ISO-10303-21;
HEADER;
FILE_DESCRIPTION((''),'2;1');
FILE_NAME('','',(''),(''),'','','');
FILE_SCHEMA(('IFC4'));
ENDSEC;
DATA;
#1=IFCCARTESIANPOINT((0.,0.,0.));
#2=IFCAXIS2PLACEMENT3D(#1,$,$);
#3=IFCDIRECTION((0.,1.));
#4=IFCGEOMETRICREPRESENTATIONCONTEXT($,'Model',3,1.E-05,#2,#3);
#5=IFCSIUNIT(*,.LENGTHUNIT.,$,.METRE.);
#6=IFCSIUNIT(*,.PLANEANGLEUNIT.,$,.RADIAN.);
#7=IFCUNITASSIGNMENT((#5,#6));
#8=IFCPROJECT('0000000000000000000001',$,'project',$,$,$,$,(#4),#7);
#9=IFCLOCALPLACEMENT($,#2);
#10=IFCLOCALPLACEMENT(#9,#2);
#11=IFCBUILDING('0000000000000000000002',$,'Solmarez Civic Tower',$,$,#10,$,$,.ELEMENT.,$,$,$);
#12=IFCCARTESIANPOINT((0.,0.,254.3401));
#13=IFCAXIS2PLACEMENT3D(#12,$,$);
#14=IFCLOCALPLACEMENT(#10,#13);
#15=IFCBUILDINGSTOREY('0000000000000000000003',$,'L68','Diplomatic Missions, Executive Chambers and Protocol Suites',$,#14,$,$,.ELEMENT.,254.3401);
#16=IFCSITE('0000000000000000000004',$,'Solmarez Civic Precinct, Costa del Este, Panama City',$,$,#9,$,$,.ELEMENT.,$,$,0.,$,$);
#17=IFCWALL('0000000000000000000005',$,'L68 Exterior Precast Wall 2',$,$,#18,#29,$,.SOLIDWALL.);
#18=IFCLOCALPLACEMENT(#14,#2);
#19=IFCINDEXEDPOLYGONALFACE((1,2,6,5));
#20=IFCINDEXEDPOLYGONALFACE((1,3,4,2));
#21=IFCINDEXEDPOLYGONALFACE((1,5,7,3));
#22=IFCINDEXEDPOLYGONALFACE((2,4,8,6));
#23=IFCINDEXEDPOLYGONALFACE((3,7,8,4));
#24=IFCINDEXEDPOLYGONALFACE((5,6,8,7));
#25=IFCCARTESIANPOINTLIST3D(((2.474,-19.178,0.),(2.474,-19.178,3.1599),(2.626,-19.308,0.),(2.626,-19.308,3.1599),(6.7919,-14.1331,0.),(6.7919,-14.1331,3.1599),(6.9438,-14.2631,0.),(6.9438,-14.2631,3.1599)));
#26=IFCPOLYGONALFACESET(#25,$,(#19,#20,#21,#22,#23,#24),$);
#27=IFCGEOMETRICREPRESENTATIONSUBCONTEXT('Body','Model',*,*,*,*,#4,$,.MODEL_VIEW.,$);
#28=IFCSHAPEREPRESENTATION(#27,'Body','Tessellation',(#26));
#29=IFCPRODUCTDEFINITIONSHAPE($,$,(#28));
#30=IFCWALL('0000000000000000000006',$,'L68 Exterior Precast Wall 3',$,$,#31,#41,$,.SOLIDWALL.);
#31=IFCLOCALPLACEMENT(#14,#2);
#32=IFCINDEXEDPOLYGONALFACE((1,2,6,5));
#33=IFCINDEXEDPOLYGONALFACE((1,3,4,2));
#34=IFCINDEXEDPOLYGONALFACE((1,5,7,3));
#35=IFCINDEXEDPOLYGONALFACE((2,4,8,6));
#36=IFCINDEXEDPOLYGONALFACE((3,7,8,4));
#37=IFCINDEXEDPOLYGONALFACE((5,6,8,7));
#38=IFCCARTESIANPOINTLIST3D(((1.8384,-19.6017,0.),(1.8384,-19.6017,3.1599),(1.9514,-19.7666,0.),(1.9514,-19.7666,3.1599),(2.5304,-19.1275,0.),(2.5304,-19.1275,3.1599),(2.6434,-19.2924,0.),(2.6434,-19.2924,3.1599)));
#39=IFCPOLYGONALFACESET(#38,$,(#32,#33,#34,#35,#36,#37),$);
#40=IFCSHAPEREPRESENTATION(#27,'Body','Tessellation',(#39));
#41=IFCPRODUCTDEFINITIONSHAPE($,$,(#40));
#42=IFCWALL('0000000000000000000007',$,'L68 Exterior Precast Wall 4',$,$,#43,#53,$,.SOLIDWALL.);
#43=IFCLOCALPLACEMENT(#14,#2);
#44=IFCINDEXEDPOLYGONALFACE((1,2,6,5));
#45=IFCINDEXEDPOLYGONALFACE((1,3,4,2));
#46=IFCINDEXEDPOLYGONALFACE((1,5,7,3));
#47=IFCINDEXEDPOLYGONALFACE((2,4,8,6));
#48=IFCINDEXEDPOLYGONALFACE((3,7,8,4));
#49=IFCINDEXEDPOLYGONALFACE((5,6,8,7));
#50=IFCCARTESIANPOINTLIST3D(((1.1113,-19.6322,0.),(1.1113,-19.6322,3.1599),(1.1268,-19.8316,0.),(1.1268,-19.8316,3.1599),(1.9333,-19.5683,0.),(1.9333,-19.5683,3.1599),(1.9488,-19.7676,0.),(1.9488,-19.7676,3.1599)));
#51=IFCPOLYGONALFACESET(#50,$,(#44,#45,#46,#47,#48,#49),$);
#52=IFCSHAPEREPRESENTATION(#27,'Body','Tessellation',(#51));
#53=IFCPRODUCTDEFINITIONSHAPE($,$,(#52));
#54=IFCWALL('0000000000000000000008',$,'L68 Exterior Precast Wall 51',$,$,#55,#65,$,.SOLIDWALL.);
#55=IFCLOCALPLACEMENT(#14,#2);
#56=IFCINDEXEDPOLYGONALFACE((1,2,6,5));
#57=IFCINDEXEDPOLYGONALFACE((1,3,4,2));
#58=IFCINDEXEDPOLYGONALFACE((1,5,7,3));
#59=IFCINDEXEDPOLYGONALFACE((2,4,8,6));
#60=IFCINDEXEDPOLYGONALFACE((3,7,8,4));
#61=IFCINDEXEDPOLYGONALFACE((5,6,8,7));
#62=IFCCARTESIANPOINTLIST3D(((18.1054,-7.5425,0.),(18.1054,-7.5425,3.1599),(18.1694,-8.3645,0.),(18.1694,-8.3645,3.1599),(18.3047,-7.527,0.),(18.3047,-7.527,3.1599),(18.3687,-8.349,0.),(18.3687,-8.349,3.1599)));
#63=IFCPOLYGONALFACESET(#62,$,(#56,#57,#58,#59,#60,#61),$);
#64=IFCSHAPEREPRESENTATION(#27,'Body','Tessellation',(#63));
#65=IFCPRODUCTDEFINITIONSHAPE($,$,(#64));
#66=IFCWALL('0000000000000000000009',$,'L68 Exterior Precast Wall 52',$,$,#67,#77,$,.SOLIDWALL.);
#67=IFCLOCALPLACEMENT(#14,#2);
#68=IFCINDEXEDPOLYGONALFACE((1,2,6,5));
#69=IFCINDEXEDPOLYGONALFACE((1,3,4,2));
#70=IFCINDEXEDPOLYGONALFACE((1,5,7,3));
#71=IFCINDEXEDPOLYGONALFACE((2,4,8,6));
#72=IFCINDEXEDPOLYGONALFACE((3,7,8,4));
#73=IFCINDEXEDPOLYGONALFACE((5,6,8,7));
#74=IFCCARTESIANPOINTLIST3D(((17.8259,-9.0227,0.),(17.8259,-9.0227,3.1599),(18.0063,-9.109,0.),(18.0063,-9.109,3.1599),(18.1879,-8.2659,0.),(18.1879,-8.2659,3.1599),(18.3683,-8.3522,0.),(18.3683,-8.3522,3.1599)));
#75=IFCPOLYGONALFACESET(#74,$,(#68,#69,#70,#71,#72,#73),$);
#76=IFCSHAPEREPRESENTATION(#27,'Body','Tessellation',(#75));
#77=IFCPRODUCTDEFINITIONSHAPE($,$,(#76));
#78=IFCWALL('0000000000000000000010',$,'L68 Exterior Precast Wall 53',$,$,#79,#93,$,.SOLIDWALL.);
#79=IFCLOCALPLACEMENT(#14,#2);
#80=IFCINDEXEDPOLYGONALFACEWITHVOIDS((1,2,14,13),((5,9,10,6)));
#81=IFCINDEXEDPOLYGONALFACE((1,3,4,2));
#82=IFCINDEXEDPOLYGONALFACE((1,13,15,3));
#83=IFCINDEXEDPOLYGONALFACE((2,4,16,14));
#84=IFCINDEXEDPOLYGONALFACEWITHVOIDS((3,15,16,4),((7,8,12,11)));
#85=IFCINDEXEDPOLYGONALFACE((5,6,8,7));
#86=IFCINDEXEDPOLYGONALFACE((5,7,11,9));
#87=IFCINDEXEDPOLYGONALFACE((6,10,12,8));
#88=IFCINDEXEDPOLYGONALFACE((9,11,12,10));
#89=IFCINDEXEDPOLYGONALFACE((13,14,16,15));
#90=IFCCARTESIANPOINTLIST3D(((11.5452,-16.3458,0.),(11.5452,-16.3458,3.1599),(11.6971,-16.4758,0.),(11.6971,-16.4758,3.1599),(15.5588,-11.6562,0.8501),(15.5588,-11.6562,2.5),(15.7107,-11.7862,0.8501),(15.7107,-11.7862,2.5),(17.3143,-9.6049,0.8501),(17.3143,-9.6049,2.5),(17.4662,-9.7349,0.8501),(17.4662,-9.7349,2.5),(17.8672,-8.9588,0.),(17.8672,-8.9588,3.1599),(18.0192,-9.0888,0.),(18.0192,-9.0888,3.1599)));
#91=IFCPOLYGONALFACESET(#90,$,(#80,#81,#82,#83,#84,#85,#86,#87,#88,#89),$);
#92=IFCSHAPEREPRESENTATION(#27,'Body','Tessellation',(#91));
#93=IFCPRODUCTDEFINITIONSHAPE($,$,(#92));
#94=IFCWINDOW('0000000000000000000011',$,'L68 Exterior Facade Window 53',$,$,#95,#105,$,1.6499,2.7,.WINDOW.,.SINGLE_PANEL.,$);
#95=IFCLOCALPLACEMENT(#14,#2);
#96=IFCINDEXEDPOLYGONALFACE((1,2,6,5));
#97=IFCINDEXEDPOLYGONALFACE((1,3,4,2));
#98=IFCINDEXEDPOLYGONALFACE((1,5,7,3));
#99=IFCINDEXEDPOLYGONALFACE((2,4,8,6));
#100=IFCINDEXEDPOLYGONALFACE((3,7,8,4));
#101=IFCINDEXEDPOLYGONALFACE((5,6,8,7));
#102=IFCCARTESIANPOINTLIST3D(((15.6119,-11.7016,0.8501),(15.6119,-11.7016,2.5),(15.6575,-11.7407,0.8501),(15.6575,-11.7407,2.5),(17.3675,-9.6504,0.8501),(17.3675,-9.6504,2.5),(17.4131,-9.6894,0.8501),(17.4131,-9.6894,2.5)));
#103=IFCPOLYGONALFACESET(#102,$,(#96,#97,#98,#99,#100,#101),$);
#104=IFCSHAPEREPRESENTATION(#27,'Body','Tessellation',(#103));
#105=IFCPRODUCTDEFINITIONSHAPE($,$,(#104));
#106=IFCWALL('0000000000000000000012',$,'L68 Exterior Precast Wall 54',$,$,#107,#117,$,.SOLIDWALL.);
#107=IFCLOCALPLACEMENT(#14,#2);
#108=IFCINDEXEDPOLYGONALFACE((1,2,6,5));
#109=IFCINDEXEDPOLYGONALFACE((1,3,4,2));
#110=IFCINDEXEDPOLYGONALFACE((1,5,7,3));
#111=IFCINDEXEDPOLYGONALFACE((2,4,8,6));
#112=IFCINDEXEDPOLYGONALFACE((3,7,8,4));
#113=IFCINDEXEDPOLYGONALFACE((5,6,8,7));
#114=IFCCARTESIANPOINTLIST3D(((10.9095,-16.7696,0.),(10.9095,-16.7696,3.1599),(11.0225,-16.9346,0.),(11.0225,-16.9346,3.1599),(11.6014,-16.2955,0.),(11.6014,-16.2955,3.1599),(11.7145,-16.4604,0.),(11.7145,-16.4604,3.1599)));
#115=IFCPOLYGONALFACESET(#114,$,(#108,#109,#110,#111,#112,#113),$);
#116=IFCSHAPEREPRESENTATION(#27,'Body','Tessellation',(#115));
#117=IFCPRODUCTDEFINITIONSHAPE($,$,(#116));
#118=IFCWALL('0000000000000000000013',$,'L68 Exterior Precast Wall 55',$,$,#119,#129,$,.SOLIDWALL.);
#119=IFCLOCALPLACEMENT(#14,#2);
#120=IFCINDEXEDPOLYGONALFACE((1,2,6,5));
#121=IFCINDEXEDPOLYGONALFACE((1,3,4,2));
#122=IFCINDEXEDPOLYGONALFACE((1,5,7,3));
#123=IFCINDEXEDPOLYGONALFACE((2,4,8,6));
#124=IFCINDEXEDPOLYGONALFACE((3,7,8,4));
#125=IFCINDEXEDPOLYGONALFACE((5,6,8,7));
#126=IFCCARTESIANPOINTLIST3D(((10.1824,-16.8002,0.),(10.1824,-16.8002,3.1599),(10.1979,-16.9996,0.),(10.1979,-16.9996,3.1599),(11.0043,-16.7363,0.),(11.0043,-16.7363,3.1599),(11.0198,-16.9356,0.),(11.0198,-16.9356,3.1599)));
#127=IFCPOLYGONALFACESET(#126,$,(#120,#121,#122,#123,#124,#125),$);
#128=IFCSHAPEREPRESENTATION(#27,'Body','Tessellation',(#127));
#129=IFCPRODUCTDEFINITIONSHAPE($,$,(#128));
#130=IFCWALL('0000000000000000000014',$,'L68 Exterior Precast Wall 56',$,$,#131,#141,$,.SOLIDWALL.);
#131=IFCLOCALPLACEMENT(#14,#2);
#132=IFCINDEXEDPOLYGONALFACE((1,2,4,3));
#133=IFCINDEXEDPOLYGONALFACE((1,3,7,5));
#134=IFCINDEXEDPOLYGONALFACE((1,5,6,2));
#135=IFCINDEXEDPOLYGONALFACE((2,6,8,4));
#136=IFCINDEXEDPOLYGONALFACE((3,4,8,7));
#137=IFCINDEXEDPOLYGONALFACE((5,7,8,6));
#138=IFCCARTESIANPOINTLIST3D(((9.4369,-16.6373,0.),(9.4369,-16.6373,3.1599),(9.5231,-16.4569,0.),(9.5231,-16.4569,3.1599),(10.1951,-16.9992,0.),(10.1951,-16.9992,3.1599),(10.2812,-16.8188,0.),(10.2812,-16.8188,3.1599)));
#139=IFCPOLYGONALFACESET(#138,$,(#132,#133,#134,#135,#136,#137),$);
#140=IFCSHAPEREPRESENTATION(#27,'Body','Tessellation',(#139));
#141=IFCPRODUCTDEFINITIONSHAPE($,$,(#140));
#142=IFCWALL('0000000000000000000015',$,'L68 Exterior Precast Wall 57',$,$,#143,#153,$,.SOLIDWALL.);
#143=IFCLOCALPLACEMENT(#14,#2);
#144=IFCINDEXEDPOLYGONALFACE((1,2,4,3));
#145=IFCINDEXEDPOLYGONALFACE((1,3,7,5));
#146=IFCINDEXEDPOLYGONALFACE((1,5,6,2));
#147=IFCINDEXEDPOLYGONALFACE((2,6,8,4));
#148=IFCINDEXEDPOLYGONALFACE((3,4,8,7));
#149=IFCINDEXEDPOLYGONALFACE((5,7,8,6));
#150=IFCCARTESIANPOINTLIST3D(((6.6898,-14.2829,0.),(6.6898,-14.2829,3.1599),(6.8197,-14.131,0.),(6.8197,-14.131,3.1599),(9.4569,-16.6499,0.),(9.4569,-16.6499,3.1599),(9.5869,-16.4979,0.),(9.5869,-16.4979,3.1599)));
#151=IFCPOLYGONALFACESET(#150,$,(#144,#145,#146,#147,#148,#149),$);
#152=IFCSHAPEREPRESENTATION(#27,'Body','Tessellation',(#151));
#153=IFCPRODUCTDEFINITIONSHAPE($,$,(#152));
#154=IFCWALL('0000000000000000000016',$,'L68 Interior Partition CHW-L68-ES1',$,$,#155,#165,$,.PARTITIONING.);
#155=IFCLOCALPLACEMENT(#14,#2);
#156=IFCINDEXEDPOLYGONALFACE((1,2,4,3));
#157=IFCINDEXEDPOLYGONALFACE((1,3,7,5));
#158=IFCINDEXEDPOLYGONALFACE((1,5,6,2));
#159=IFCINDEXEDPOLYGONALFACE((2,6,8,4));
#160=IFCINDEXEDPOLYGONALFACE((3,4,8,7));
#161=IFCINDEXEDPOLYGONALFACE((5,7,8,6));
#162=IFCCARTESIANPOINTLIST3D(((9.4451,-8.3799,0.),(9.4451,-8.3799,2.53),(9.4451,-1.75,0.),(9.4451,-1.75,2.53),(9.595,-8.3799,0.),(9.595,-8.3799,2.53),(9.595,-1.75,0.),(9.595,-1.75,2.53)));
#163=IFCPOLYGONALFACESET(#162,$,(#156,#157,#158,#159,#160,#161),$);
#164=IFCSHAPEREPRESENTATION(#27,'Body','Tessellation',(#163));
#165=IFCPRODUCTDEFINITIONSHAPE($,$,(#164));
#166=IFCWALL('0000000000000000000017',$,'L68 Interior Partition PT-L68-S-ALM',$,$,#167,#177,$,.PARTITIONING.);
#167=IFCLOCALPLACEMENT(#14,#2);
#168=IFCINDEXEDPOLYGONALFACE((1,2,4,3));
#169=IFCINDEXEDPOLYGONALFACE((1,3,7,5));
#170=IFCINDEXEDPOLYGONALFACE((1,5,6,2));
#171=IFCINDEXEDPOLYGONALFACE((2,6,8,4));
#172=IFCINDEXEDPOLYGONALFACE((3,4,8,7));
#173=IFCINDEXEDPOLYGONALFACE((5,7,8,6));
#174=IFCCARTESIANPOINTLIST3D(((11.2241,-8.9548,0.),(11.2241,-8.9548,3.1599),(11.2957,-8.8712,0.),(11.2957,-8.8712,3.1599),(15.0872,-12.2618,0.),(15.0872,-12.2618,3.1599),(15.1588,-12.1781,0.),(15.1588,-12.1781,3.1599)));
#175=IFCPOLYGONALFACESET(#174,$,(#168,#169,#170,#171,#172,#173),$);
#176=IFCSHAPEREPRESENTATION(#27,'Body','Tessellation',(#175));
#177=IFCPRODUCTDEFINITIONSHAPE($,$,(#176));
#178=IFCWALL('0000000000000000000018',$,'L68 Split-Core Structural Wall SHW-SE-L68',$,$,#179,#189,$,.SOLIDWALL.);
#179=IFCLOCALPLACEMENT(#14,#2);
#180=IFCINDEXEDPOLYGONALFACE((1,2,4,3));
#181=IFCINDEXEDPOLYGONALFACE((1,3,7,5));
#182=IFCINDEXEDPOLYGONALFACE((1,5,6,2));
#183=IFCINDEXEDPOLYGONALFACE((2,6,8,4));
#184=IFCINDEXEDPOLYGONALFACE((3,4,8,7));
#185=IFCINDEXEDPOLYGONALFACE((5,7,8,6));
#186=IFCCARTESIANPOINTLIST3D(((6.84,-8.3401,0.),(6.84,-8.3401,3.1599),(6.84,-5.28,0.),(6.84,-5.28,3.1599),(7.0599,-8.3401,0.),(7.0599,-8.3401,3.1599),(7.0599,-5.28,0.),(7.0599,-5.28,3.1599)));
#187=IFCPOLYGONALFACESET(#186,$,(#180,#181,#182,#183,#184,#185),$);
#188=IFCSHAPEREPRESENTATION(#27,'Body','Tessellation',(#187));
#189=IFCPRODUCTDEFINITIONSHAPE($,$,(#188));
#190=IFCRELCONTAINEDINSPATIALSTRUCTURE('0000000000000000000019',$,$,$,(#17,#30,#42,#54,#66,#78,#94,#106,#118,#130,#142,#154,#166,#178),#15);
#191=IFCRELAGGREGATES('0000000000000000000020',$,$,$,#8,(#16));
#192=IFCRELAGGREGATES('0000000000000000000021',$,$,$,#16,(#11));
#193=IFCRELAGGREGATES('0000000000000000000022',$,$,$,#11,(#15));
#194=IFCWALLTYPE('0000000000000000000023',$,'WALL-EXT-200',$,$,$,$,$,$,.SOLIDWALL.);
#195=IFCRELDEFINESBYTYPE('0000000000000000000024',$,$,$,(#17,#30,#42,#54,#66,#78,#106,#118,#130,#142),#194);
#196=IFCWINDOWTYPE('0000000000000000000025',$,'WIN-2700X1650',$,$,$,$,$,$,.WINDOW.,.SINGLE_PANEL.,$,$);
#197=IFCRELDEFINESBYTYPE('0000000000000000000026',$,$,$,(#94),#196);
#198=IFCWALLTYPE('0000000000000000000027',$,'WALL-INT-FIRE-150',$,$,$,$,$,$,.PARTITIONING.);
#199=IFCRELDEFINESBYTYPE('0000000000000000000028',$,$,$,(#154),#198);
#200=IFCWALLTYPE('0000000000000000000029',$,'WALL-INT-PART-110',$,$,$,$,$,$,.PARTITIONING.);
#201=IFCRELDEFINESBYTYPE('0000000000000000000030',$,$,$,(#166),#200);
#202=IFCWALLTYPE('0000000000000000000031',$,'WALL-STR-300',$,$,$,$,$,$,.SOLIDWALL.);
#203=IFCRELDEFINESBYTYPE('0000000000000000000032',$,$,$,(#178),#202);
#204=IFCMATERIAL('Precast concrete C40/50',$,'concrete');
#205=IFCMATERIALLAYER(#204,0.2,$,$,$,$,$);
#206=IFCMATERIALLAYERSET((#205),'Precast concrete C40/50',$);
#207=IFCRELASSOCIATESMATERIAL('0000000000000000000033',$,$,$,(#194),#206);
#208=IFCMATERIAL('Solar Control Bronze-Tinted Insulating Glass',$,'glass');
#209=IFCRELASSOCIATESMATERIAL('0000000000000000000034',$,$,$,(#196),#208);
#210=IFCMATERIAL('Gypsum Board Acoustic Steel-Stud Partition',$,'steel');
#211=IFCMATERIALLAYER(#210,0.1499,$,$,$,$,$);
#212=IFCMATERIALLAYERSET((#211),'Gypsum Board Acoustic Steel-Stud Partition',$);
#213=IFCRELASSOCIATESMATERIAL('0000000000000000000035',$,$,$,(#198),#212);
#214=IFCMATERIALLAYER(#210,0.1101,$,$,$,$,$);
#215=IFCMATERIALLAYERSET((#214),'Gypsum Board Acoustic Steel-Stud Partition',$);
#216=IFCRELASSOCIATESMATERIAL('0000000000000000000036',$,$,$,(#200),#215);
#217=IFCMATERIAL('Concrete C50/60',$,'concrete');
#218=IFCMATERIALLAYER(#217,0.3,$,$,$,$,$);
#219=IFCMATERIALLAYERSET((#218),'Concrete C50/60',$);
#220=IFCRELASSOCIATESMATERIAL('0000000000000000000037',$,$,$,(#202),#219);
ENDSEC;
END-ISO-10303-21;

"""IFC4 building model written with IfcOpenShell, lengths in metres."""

from ifc_helpers import new_model, si_unit, direction, frame, frame_2d, origin, place, context, subcontext, project, spatial, rectangle, extrude, material, layer, layer_set, type_object, element, fill, save


model = new_model("IFC4")

# Units and contexts
model_context = context("Model", 3, precision=1e-05, world=origin(), true_north=direction((0.0, 1.0)))
body_context = subcontext(model_context, "Body", "Model", "MODEL_VIEW")
ifc_project = project(units=[si_unit("LENGTHUNIT", "METRE"), si_unit("PLANEANGLEUNIT", "RADIAN")], contexts=[model_context])

# Site, building, storey
site_placement = place(None, origin())
site = spatial("IfcSite", under=ifc_project, at=site_placement, Name="Solmarez Civic Precinct, Costa del Este, Panama City", CompositionType="ELEMENT", RefElevation=0.0)
building_placement = place(site_placement, origin())
building = spatial("IfcBuilding", under=site, at=building_placement, Name="Solmarez Civic Tower", CompositionType="ELEMENT")
storey_placement = place(building_placement, frame((0.0, 0.0, 254.3401)))
storey = spatial("IfcBuildingStorey", under=building, at=storey_placement, Name="L68", Description="Diplomatic Missions, Executive Chambers and Protocol Suites", CompositionType="ELEMENT", Elevation=254.3401)

# Shared definitions
ifc_material_1 = material(Name="Concrete C50/60", Category="concrete")

# Walls
ifc_material_2 = material(Name="Precast concrete C40/50", Category="concrete")
ifc_layer_1 = layer(ifc_material_2, 0.2)
ifc_layer_set_1 = layer_set([ifc_layer_1], Name="Precast concrete C40/50")
wall_type_1 = type_object("IfcWallType", Name="WALL-EXT-200", PredefinedType="SOLIDWALL", material=ifc_layer_set_1)
wall_1_placement = place(storey_placement, frame((6.8679, -14.198, 0.0), z_axis=(0.0, 0.0, 1.0), x_axis=(-0.65024, -0.759729, 0.0)))
element("IfcWall", 1, at=wall_1_placement, inside=storey, type_object=wall_type_1, Name="L68 Exterior Precast Wall 2", PredefinedType="SOLIDWALL", context=body_context, shape_type="SweptSolid", body=[
    extrude(rectangle(XDim=6.6404, YDim=0.2, at=frame_2d((3.3203, 0.0))), origin(), (0.0, 0.0, 1.0), 3.1599),
])
wall_2_placement = place(storey_placement, frame((2.5869, -19.21, 0.0), z_axis=(0.0, 0.0, 1.0), x_axis=(-0.824907, -0.565268, 0.0)))
element("IfcWall", 2, at=wall_2_placement, inside=storey, type_object=wall_type_1, Name="L68 Exterior Precast Wall 3", PredefinedType="SOLIDWALL", context=body_context, shape_type="SweptSolid", body=[
    extrude(rectangle(XDim=0.8389, YDim=0.2, at=frame_2d((0.4194, 0.0))), origin(), (0.0, 0.0, 1.0), 3.1599),
])
for number, where, z_axis, x_axis, name in (
    (3, (1.9409, -19.668, 0.0), (0.0, 0.0, 1.0), (-0.996986, -0.07758, 0.0), "L68 Exterior Precast Wall 4"),
    (4, (18.2051, -7.5349, 0.0), (0.0, 0.0, 1.0), (0.07758, -0.996986, 0.0), "L68 Exterior Precast Wall 51"),
):
    element("IfcWall", number, at=place(storey_placement, frame(where, z_axis=z_axis, x_axis=x_axis)), inside=storey, type_object=wall_type_1, Name=name, PredefinedType="SOLIDWALL", context=body_context, shape_type="SweptSolid", body=[
        extrude(rectangle(XDim=0.8245, YDim=0.2, at=frame_2d((0.4121, 0.0))), origin(), (0.0, 0.0, 1.0), 3.1599),
    ])
wall_3_placement = place(storey_placement, frame((18.2781, -8.3091, 0.0), z_axis=(0.0, 0.0, 1.0), x_axis=(-0.431548, -0.90209, 0.0)))
element("IfcWall", 5, at=wall_3_placement, inside=storey, type_object=wall_type_1, Name="L68 Exterior Precast Wall 52", PredefinedType="SOLIDWALL", context=body_context, shape_type="SweptSolid", body=[
    extrude(rectangle(XDim=0.8389, YDim=0.2, at=frame_2d((0.4194, 0.0))), origin(), (0.0, 0.0, 1.0), 3.1599),
])

# Wall, opening, window
wall_4_placement = place(storey_placement, frame((17.9431, -9.0239, 0.0), z_axis=(0.0, 0.0, 1.0), x_axis=(-0.650218, -0.759747, 0.0)))
wall_4 = element("IfcWall", 6, at=wall_4_placement, inside=storey, type_object=wall_type_1, Name="L68 Exterior Precast Wall 53", PredefinedType="SOLIDWALL", context=body_context, shape_type="SweptSolid", body=[
    extrude(rectangle(XDim=9.7229, YDim=0.2, at=frame_2d((4.8613, 0.0))), origin(), (0.0, 0.0, 1.0), 3.1599),
])
opening_placement = place(wall_4_placement, frame((0.8501, 0.0, 0.8501)))
opening = element("IfcOpeningElement", 7, at=opening_placement, cuts=wall_4, PredefinedType="OPENING", context=body_context, shape_type="SweptSolid", body=[
    extrude(rectangle(XDim=2.7, YDim=1.6499, at=frame_2d((1.3501, 0.825))), frame((0.0, 0.1099, 0.0), z_axis=(0.0, -1.0, 0.0), x_axis=(1.0, 0.0, 0.0)), (0.0, 0.0, 1.0), 0.22),
])
ifc_material_3 = material(Name="Solar Control Bronze-Tinted Insulating Glass", Category="glass")
window_type = type_object("IfcWindowType", Name="WIN-2700X1650", PartitioningType="SINGLE_PANEL", PredefinedType="WINDOW", material=ifc_material_3)
window_placement = place(opening_placement, origin())
window = element("IfcWindow", 8, at=window_placement, inside=storey, type_object=window_type, Name="L68 Exterior Facade Window 53", OverallHeight=1.6499, OverallWidth=2.7, PartitioningType="SINGLE_PANEL", PredefinedType="WINDOW", context=body_context, shape_type="SweptSolid", body=[
    extrude(rectangle(XDim=2.7, YDim=1.6499, at=frame_2d((1.3501, 0.825))), frame((0.0, 0.03, 0.0), z_axis=(0.0, -1.0, 0.0), x_axis=(1.0, 0.0, 0.0)), (0.0, 0.0, 1.0), 0.0601),
])
fill(opening, window)

# Walls
wall_5_placement = place(storey_placement, frame((11.658, -16.3779, 0.0), z_axis=(0.0, 0.0, 1.0), x_axis=(-0.824907, -0.565268, 0.0)))
element("IfcWall", 9, at=wall_5_placement, inside=storey, type_object=wall_type_1, Name="L68 Exterior Precast Wall 54", PredefinedType="SOLIDWALL", context=body_context, shape_type="SweptSolid", body=[
    extrude(rectangle(XDim=0.8389, YDim=0.2, at=frame_2d((0.4194, 0.0))), origin(), (0.0, 0.0, 1.0), 3.1599),
])
wall_6_placement = place(storey_placement, frame((11.012, -16.8359, 0.0), z_axis=(0.0, 0.0, 1.0), x_axis=(-0.996986, -0.07758, 0.0)))
element("IfcWall", 10, at=wall_6_placement, inside=storey, type_object=wall_type_1, Name="L68 Exterior Precast Wall 55", PredefinedType="SOLIDWALL", context=body_context, shape_type="SweptSolid", body=[
    extrude(rectangle(XDim=0.8245, YDim=0.2, at=frame_2d((0.4121, 0.0))), origin(), (0.0, 0.0, 1.0), 3.1599),
])
wall_7_placement = place(storey_placement, frame((10.238, -16.9089, 0.0), z_axis=(0.0, 0.0, 1.0), x_axis=(-0.902473, 0.430746, 0.0)))
element("IfcWall", 11, at=wall_7_placement, inside=storey, type_object=wall_type_1, Name="L68 Exterior Precast Wall 56", PredefinedType="SOLIDWALL", context=body_context, shape_type="SweptSolid", body=[
    extrude(rectangle(XDim=0.8401, YDim=0.2, at=frame_2d((0.4199, 0.0))), origin(), (0.0, 0.0, 1.0), 3.1599),
])
wall_8_placement = place(storey_placement, frame((9.522, -16.574, 0.0), z_axis=(0.0, 0.0, 1.0), x_axis=(-0.759914, 0.650024, 0.0)))
element("IfcWall", 12, at=wall_8_placement, inside=storey, type_object=wall_type_1, Name="L68 Exterior Precast Wall 57", PredefinedType="SOLIDWALL", context=body_context, shape_type="SweptSolid", body=[
    extrude(rectangle(XDim=3.6414, YDim=0.2, at=frame_2d((1.8208, 0.0))), origin(), (0.0, 0.0, 1.0), 3.1599),
])
ifc_material_4 = material(Name="Gypsum Board Acoustic Steel-Stud Partition", Category="steel")
ifc_layer_2 = layer(ifc_material_4, 0.1499)
ifc_layer_set_2 = layer_set([ifc_layer_2], Name="Gypsum Board Acoustic Steel-Stud Partition")
wall_type_2 = type_object("IfcWallType", Name="WALL-INT-FIRE-150", PredefinedType="PARTITIONING", material=ifc_layer_set_2)
wall_9_placement = place(storey_placement, frame((9.52, -8.3799, 0.0), z_axis=(0.0, 0.0, 1.0), x_axis=(0.0, 1.0, 0.0)))
element("IfcWall", 13, at=wall_9_placement, inside=storey, type_object=wall_type_2, Name="L68 Interior Partition CHW-L68-ES1", PredefinedType="PARTITIONING", context=body_context, shape_type="SweptSolid", body=[
    extrude(rectangle(XDim=6.6299, YDim=0.1499, at=frame_2d((3.3149, 0.0))), origin(), (0.0, 0.0, 1.0), 2.53),
])
ifc_layer_3 = layer(ifc_material_4, 0.1101)
ifc_layer_set_3 = layer_set([ifc_layer_3], Name="Gypsum Board Acoustic Steel-Stud Partition")
wall_type_3 = type_object("IfcWallType", Name="WALL-INT-PART-110", PredefinedType="PARTITIONING", material=ifc_layer_set_3)
wall_10_placement = place(storey_placement, frame((11.26, -8.9131, 0.0), z_axis=(0.0, 0.0, 1.0), x_axis=(0.759673, -0.650305, 0.0)))
element("IfcWall", 14, at=wall_10_placement, inside=storey, type_object=wall_type_3, Name="L68 Interior Partition PT-L68-S-ALM", PredefinedType="PARTITIONING", context=body_context, shape_type="SweptSolid", body=[
    extrude(rectangle(XDim=5.0852, YDim=0.1101, at=frame_2d((2.5425, 0.0))), origin(), (0.0, 0.0, 1.0), 3.1599),
])
ifc_layer_4 = layer(ifc_material_1, 0.3)
ifc_layer_set_4 = layer_set([ifc_layer_4], Name="Concrete C50/60")
wall_type_4 = type_object("IfcWallType", Name="WALL-STR-300", PredefinedType="SOLIDWALL", material=ifc_layer_set_4)
wall_11_placement = place(storey_placement, frame((6.95, -8.3401, 0.0), z_axis=(0.0, 0.0, 1.0), x_axis=(0.0, 1.0, 0.0)))
element("IfcWall", 15, at=wall_11_placement, inside=storey, type_object=wall_type_4, Name="L68 Split-Core Structural Wall SHW-SE-L68", PredefinedType="SOLIDWALL", context=body_context, shape_type="SweptSolid", body=[
    extrude(rectangle(XDim=3.0601, YDim=0.22, at=frame_2d((1.53, 0.0))), origin(), (0.0, 0.0, 1.0), 3.1599),
])

save(model, "model.ifc")
